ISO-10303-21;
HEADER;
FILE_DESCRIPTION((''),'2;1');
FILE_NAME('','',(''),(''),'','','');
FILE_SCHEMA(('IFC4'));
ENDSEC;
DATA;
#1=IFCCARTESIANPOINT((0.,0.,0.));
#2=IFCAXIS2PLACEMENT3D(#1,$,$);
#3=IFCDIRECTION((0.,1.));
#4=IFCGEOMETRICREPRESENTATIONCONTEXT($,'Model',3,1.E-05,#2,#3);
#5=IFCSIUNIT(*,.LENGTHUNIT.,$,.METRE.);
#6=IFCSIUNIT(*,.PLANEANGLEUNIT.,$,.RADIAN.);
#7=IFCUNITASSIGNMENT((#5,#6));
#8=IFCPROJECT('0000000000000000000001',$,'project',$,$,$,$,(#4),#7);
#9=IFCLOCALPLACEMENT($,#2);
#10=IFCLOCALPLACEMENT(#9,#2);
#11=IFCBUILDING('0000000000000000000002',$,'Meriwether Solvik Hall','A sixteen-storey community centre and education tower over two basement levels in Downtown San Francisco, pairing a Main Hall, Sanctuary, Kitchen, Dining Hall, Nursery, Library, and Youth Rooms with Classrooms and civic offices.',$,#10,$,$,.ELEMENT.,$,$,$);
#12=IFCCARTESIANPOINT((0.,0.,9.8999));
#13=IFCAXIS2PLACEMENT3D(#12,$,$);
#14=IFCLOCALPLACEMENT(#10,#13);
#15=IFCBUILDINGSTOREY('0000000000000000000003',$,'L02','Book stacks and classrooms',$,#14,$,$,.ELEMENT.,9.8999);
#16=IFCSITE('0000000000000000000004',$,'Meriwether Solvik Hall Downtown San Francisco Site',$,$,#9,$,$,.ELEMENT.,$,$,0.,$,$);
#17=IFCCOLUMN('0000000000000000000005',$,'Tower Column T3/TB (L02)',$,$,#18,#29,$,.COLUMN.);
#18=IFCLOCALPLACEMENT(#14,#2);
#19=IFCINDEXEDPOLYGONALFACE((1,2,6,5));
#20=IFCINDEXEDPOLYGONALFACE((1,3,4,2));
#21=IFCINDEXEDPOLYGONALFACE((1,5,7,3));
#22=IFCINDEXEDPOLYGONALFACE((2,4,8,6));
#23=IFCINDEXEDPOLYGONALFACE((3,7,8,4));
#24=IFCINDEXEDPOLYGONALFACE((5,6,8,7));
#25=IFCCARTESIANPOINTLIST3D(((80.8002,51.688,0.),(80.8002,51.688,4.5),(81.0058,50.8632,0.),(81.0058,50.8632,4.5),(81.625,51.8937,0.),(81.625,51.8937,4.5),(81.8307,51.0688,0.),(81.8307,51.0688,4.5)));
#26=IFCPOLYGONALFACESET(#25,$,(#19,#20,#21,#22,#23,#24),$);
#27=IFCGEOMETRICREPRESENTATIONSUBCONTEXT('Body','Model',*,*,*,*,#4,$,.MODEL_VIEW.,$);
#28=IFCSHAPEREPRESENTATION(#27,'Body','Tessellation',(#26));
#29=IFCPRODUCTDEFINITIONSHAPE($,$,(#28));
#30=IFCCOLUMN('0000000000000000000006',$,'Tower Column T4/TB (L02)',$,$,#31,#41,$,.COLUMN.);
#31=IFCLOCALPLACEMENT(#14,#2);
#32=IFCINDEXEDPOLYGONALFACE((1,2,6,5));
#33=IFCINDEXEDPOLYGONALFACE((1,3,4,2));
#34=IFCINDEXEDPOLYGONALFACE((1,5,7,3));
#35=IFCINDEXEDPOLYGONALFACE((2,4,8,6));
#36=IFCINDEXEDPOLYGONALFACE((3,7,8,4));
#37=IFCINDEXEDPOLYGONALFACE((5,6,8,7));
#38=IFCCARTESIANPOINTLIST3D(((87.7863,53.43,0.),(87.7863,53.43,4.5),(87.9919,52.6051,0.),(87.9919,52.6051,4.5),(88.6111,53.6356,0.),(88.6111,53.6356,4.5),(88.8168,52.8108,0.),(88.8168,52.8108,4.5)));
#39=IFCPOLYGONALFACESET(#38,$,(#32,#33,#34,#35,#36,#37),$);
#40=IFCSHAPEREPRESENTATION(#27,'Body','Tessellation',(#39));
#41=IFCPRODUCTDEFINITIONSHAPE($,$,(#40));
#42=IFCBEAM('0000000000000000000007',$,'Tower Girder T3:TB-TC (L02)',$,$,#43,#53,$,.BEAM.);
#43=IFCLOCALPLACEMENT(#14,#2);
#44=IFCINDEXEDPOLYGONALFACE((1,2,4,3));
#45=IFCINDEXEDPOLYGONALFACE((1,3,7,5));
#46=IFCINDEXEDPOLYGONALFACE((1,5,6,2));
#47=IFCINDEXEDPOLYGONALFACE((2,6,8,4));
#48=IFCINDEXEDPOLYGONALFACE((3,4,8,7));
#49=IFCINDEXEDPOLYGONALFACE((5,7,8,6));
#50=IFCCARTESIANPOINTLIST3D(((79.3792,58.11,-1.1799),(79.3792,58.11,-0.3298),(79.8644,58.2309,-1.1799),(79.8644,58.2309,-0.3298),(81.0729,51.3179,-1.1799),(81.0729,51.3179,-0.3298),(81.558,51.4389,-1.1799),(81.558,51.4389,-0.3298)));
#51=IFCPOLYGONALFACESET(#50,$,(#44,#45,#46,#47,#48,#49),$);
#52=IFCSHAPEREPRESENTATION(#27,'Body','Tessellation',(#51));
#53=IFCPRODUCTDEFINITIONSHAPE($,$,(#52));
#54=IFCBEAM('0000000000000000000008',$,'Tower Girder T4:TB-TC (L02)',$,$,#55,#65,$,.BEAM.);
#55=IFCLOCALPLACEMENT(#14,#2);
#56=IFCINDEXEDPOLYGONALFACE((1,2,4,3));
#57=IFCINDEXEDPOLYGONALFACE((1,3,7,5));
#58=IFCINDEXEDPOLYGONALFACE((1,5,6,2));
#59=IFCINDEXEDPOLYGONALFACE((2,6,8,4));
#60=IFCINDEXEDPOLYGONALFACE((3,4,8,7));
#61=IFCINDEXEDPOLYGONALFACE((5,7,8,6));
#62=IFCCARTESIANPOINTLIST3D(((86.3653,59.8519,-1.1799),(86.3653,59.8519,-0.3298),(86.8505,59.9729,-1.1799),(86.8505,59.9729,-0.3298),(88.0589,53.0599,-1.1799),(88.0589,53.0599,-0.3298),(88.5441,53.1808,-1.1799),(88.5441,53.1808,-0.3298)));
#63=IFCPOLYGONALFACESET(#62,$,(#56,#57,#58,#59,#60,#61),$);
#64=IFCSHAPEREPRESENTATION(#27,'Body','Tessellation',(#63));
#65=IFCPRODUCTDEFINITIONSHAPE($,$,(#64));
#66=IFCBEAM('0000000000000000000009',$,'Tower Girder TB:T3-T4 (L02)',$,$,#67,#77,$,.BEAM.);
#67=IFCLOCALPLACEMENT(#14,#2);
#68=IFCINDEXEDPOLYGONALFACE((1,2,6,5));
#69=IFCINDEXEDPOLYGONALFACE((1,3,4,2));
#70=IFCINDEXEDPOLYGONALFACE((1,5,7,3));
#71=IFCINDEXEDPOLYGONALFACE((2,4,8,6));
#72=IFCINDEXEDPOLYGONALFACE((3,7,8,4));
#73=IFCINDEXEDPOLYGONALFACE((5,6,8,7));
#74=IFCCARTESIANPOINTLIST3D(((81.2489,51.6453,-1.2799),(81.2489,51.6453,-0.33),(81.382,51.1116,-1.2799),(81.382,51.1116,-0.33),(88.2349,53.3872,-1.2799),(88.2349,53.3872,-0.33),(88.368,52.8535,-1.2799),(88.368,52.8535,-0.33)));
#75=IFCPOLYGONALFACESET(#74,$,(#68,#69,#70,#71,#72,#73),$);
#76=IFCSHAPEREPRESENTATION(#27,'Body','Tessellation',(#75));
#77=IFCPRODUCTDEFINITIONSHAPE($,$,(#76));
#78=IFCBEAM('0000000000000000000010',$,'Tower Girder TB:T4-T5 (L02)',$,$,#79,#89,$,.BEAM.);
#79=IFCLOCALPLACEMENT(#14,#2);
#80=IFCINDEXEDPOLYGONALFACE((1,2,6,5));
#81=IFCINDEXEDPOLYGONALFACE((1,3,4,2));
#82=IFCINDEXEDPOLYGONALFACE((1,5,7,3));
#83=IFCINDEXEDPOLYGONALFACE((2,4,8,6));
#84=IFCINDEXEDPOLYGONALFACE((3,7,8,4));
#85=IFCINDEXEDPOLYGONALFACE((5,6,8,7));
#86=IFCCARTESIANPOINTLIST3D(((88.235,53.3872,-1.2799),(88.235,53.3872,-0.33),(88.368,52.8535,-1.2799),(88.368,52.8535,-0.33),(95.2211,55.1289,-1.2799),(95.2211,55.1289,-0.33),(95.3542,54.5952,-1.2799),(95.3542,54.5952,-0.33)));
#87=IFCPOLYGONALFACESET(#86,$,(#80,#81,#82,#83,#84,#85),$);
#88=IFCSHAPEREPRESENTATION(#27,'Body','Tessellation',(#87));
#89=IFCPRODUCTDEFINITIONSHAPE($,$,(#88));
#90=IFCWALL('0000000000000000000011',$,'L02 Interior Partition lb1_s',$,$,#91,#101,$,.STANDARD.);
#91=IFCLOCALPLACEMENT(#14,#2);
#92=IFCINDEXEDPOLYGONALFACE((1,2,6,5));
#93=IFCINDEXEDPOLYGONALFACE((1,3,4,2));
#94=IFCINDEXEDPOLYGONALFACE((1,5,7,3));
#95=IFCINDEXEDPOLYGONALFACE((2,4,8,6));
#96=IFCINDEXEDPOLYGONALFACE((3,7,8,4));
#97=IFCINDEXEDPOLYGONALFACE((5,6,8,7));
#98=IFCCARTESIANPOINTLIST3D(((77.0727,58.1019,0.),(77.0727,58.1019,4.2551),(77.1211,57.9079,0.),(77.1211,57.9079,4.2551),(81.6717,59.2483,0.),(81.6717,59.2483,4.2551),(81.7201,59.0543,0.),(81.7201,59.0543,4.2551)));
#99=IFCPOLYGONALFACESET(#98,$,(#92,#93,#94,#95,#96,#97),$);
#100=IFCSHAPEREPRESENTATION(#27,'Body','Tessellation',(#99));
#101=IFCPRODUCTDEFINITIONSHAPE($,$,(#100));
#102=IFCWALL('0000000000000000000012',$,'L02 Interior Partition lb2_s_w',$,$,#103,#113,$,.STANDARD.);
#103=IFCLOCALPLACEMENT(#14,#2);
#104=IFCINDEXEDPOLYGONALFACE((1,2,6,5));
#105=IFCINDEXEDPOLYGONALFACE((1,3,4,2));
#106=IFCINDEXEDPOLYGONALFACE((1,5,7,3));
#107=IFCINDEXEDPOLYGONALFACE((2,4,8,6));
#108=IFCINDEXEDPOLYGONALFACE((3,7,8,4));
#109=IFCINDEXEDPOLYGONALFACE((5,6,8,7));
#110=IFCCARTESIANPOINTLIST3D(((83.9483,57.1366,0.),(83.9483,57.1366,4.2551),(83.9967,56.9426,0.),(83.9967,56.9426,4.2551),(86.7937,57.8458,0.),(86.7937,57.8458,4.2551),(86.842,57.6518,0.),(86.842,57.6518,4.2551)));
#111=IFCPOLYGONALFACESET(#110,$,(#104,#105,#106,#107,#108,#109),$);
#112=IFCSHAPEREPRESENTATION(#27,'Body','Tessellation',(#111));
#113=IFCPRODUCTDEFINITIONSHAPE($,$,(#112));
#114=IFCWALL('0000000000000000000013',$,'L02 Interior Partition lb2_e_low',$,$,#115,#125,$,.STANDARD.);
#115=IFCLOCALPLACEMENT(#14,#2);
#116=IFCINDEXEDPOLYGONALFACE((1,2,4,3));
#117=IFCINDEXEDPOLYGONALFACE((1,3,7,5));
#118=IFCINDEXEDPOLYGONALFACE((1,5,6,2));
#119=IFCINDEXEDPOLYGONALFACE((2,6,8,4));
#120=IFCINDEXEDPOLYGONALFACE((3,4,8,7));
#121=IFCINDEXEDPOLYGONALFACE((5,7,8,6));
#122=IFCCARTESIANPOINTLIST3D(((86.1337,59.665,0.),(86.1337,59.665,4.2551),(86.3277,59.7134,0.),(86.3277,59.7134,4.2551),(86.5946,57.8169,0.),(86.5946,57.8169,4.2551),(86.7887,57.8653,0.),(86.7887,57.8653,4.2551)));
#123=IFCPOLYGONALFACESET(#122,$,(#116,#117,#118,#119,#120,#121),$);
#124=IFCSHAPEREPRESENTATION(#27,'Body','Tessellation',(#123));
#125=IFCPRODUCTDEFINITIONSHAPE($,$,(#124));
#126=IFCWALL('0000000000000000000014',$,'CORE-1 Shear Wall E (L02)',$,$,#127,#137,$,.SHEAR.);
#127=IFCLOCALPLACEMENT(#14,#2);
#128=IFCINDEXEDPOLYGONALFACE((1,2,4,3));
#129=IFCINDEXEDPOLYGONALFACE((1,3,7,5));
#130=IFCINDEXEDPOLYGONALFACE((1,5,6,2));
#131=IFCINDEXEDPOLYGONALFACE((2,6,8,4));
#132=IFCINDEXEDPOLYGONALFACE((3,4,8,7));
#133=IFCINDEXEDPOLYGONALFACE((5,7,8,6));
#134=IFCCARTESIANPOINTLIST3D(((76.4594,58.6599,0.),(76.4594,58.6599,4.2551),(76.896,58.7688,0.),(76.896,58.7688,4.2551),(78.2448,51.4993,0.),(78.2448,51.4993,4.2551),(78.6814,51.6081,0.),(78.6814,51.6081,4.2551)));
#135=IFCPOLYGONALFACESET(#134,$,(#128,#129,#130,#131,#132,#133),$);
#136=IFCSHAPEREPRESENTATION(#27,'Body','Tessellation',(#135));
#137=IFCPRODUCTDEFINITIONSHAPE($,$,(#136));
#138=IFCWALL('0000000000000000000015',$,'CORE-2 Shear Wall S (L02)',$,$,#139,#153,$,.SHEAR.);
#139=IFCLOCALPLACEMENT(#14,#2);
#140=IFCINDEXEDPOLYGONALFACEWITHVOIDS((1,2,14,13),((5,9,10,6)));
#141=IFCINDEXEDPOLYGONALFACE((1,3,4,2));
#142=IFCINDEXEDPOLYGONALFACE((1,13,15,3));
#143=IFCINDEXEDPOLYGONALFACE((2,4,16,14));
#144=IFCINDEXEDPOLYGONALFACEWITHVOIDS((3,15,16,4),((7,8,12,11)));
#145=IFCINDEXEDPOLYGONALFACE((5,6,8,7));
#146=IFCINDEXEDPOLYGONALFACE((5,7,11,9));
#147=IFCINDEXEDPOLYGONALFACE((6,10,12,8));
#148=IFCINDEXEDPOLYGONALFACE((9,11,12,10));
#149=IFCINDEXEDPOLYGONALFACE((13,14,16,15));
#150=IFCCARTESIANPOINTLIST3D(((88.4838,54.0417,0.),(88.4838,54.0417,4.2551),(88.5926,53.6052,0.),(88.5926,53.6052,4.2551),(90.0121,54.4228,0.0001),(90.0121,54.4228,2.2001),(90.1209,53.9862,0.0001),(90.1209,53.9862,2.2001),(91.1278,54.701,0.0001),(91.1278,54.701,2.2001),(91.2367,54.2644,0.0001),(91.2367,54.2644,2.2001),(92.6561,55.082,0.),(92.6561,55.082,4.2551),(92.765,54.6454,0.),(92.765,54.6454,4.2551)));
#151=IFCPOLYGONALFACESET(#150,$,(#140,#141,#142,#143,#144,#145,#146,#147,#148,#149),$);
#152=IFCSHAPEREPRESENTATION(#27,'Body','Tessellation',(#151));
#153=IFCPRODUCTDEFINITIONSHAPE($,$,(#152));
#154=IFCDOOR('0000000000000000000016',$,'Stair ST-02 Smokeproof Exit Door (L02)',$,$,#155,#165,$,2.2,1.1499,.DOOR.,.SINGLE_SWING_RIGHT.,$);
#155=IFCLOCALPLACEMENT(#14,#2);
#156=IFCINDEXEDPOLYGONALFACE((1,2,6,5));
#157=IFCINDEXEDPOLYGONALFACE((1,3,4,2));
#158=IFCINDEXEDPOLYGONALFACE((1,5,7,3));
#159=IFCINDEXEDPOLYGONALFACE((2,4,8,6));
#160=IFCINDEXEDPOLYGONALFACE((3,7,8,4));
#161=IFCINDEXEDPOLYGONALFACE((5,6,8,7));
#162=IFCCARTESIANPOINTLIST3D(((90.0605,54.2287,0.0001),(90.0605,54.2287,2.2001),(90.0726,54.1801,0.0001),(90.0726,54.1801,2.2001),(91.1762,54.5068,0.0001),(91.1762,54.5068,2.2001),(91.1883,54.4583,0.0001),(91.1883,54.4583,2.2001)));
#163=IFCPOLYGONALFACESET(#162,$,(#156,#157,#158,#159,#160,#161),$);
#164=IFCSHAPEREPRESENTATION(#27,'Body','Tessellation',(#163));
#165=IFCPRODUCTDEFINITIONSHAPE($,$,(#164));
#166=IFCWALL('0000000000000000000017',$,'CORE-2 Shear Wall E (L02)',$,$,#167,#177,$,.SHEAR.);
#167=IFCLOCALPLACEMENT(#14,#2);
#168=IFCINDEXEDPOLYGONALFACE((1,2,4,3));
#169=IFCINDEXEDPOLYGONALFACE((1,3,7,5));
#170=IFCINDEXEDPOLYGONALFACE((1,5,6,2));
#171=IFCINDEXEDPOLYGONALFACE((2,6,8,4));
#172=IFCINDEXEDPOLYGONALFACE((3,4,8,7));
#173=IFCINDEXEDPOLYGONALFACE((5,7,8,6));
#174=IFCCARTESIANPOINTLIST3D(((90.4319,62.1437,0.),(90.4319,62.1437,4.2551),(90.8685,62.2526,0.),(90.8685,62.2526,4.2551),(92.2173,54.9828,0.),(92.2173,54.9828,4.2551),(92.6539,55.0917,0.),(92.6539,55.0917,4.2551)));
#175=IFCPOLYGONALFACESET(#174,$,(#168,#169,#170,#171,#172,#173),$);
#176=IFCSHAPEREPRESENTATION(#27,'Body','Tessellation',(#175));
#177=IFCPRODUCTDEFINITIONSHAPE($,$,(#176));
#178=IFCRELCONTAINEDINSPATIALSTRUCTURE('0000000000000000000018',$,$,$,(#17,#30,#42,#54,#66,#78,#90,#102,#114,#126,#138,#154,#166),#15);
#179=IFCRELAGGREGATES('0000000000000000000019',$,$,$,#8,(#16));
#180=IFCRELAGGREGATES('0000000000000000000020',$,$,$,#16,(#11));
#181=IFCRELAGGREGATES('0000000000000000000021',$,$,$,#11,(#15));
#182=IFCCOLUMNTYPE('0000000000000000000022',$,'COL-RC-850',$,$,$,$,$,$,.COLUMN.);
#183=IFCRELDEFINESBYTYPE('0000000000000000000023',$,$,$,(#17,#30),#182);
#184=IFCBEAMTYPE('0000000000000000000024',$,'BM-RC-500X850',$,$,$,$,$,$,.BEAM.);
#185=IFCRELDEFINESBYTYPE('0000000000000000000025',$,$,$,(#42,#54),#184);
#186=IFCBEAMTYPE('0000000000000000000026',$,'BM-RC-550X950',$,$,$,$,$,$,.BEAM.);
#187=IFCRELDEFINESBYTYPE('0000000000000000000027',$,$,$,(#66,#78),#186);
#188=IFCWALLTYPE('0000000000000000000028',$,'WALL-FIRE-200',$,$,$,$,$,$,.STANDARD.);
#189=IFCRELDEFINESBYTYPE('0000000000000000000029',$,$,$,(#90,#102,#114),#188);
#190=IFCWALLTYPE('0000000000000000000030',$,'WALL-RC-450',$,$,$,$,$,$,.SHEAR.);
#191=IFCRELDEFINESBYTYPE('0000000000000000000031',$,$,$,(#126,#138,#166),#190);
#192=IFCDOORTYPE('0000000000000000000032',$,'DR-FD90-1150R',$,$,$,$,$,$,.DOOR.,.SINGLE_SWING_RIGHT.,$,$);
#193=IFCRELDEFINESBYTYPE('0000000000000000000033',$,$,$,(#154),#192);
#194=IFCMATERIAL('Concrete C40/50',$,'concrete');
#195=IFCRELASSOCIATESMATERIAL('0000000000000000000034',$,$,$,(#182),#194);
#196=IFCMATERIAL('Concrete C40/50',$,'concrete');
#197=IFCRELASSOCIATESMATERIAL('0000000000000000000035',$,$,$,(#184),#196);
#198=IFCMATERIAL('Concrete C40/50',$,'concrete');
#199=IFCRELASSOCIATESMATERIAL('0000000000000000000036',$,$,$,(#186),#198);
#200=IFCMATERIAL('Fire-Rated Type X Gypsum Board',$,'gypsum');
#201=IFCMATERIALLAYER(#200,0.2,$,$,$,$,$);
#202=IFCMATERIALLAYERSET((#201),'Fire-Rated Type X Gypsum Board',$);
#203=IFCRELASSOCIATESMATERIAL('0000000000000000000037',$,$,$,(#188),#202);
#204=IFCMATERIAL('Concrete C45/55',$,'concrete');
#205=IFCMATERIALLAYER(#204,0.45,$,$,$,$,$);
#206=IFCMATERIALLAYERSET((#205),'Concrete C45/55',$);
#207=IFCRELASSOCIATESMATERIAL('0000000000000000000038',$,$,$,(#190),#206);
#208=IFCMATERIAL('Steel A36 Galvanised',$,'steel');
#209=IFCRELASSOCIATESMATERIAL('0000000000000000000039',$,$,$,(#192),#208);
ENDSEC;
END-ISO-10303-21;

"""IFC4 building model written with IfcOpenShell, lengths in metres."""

from ifc_helpers import new_model, si_unit, direction, frame, frame_2d, origin, origin_2d, place, context, subcontext, project, spatial, rectangle, extrude, material, layer, layer_set, material_profile, profile_set, type_object, element, fill, save


model = new_model("IFC4")

# Units and contexts
model_context = context("Model", 3, precision=1e-05, world=origin(), true_north=direction((0.0, 1.0)))
body_context = subcontext(model_context, "Body", "Model", "MODEL_VIEW")
ifc_project = project(units=[si_unit("LENGTHUNIT", "METRE"), si_unit("PLANEANGLEUNIT", "RADIAN")], contexts=[model_context])

# Site, building, storey
site_placement = place(None, origin())
site = spatial("IfcSite", under=ifc_project, at=site_placement, Name="Meriwether Solvik Hall Downtown San Francisco Site", CompositionType="ELEMENT", RefElevation=0.0)
building_placement = place(site_placement, origin())
building = spatial("IfcBuilding", under=site, at=building_placement, Name="Meriwether Solvik Hall", Description="A sixteen-storey community centre and education tower over two basement levels in Downtown San Francisco, pairing a Main Hall, Sanctuary, Kitchen, Dining Hall, Nursery, Library, and Youth Rooms with Classrooms and civic offices.", CompositionType="ELEMENT")
storey_placement = place(building_placement, frame((0.0, 0.0, 9.8999)))
storey = spatial("IfcBuildingStorey", under=building, at=storey_placement, Name="L02", Description="Book stacks and classrooms", CompositionType="ELEMENT", Elevation=9.8999)

# Columns
ifc_material_1 = material(Name="Concrete C40/50", Category="concrete")
ifc_material_profile_1 = material_profile(ifc_material_1, rectangle(XDim=0.8501, YDim=0.8501, at=origin_2d()), Name="RCC-850X850")
ifc_profile_set_1 = profile_set([ifc_material_profile_1], Name="Concrete C40/50")
column_type = type_object("IfcColumnType", Name="COL-RC-850", PredefinedType="COLUMN", material=ifc_profile_set_1)
for number, where, z_axis, x_axis, name in (
    (1, (81.3154, 51.3784, 0.0), (0.0, 0.0, 1.0), (0.970296, 0.241922, 0.0), "Tower Column T3/TB (L02)"),
    (2, (88.3015, 53.1204, 0.0), (0.0, 0.0, 1.0), (0.970296, 0.241922, 0.0), "Tower Column T4/TB (L02)"),
):
    element("IfcColumn", number, at=place(storey_placement, frame(where, z_axis=z_axis, x_axis=x_axis)), inside=storey, type_object=column_type, Name=name, PredefinedType="COLUMN", context=body_context, shape_type="SweptSolid", body=[
        extrude(rectangle(XDim=0.8501, YDim=0.8501, at=origin_2d()), origin(), (0.0, 0.0, 1.0), 4.5),
    ])

# Beams
ifc_material_2 = material(Name="Concrete C40/50", Category="concrete")
ifc_material_profile_2 = material_profile(ifc_material_2, rectangle(XDim=0.5, YDim=0.8501, at=origin_2d()), Name="RCB-500X850")
ifc_profile_set_2 = profile_set([ifc_material_profile_2], Name="Concrete C40/50")
beam_type_1 = type_object("IfcBeamType", Name="BM-RC-500X850", PredefinedType="BEAM", material=ifc_profile_set_2)
for number, where, z_axis, x_axis, name in (
    (3, (81.3154, 51.3784, -0.7549), (-0.241945, 0.97029, 0.0), (-0.97029, -0.241945, 0.0), "Tower Girder T3:TB-TC (L02)"),
    (4, (88.3015, 53.1204, -0.7549), (-0.241945, 0.97029, 0.0), (-0.97029, -0.241945, 0.0), "Tower Girder T4:TB-TC (L02)"),
):
    element("IfcBeam", number, at=place(storey_placement, frame(where, z_axis=z_axis, x_axis=x_axis)), inside=storey, type_object=beam_type_1, Name=name, PredefinedType="BEAM", context=body_context, shape_type="SweptSolid", body=[
        extrude(rectangle(XDim=0.5, YDim=0.8501, at=origin_2d()), origin(), (0.0, 0.0, 1.0), 7.0),
    ])
ifc_material_3 = material(Name="Concrete C40/50", Category="concrete")
ifc_material_profile_3 = material_profile(ifc_material_3, rectangle(XDim=0.55, YDim=0.95, at=origin_2d()), Name="RCB-550X950")
ifc_profile_set_3 = profile_set([ifc_material_profile_3], Name="Concrete C40/50")
beam_type_2 = type_object("IfcBeamType", Name="BM-RC-550X950", PredefinedType="BEAM", material=ifc_profile_set_3)
for number, where, z_axis, x_axis, name in (
    (5, (81.3154, 51.3784, -0.8049), (0.970292, 0.241937, 0.0), (-0.241937, 0.970292, 0.0), "Tower Girder TB:T3-T4 (L02)"),
    (6, (88.3015, 53.1204, -0.8049), (0.9703, 0.241905, 0.0), (-0.241905, 0.9703, 0.0), "Tower Girder TB:T4-T5 (L02)"),
):
    element("IfcBeam", number, at=place(storey_placement, frame(where, z_axis=z_axis, x_axis=x_axis)), inside=storey, type_object=beam_type_2, Name=name, PredefinedType="BEAM", context=body_context, shape_type="SweptSolid", body=[
        extrude(rectangle(XDim=0.55, YDim=0.95, at=origin_2d()), origin(), (0.0, 0.0, 1.0), 7.2),
    ])

# Walls
ifc_material_4 = material(Name="Fire-Rated Type X Gypsum Board", Category="gypsum")
ifc_layer_1 = layer(ifc_material_4, 0.2)
ifc_layer_set_1 = layer_set([ifc_layer_1], Name="Fire-Rated Type X Gypsum Board")
wall_type_1 = type_object("IfcWallType", Name="WALL-FIRE-200", PredefinedType="STANDARD", material=ifc_layer_set_1)
wall_1_placement = place(storey_placement, frame((77.0969, 58.0049, 0.0), z_axis=(0.0, 0.0, 1.0), x_axis=(0.970306, 0.241881, 0.0)))
element("IfcWall", 7, at=wall_1_placement, inside=storey, type_object=wall_type_1, Name="L02 Interior Partition lb1_s", PredefinedType="STANDARD", context=body_context, shape_type="SweptSolid", body=[
    extrude(rectangle(XDim=4.7397, YDim=0.2, at=frame_2d((2.3699, 0.0))), origin(), (0.0, 0.0, 1.0), 4.2551),
])
wall_2_placement = place(storey_placement, frame((83.9724, 57.0396, 0.0), z_axis=(0.0, 0.0, 1.0), x_axis=(0.970309, 0.241869, 0.0)))
element("IfcWall", 8, at=wall_2_placement, inside=storey, type_object=wall_type_1, Name="L02 Interior Partition lb2_s_w", PredefinedType="STANDARD", context=body_context, shape_type="SweptSolid", body=[
    extrude(rectangle(XDim=2.9324, YDim=0.2, at=frame_2d((1.4663, 0.0))), origin(), (0.0, 0.0, 1.0), 4.2551),
])
wall_3_placement = place(storey_placement, frame((86.6917, 57.8411, 0.0), z_axis=(0.0, 0.0, 1.0), x_axis=(-0.241993, 0.970278, 0.0)))
element("IfcWall", 9, at=wall_3_placement, inside=storey, type_object=wall_type_1, Name="L02 Interior Partition lb2_e_low", PredefinedType="STANDARD", context=body_context, shape_type="SweptSolid", body=[
    extrude(rectangle(XDim=1.9048, YDim=0.2, at=frame_2d((0.9524, 0.0))), origin(), (0.0, 0.0, 1.0), 4.2551),
])
ifc_material_5 = material(Name="Concrete C45/55", Category="concrete")
ifc_layer_2 = layer(ifc_material_5, 0.45)
ifc_layer_set_2 = layer_set([ifc_layer_2], Name="Concrete C45/55")
wall_type_2 = type_object("IfcWallType", Name="WALL-RC-450", PredefinedType="SHEAR", material=ifc_layer_set_2)
wall_4_placement = place(storey_placement, frame((78.4631, 51.5537, 0.0), z_axis=(0.0, 0.0, 1.0), x_axis=(-0.241928, 0.970294, 0.0)))
element("IfcWall", 10, at=wall_4_placement, inside=storey, type_object=wall_type_2, Name="CORE-1 Shear Wall E (L02)", PredefinedType="SHEAR", context=body_context, shape_type="SweptSolid", body=[
    extrude(rectangle(XDim=7.3799, YDim=0.45, at=frame_2d((3.6899, 0.0))), origin(), (0.0, 0.0, 1.0), 4.2551),
])

# Wall, opening, door
wall_5_placement = place(storey_placement, frame((88.5383, 53.8235, 0.0), z_axis=(0.0, 0.0, 1.0), x_axis=(0.970296, 0.241921, 0.0)))
wall_5 = element("IfcWall", 11, at=wall_5_placement, inside=storey, type_object=wall_type_2, Name="CORE-2 Shear Wall S (L02)", PredefinedType="SHEAR", context=body_context, shape_type="SweptSolid", body=[
    extrude(rectangle(XDim=4.3, YDim=0.45, at=frame_2d((2.1499, 0.0))), origin(), (0.0, 0.0, 1.0), 4.2551),
])
opening_placement = place(wall_5_placement, frame((1.575, 0.0, 0.0)))
opening = element("IfcOpeningElement", 12, at=opening_placement, cuts=wall_5, PredefinedType="OPENING", context=body_context, shape_type="SweptSolid", body=[
    extrude(rectangle(XDim=1.1499, YDim=2.2, at=frame_2d((0.575, 1.1001))), frame((0.0, 0.2368, 0.0), z_axis=(0.0, -1.0, 0.0), x_axis=(1.0, 0.0, 0.0)), (0.0, 0.0, 1.0), 0.4739),
])
ifc_material_6 = material(Name="Steel A36 Galvanised", Category="steel")
door_type = type_object("IfcDoorType", Name="DR-FD90-1150R", OperationType="SINGLE_SWING_RIGHT", PredefinedType="DOOR", material=ifc_material_6)
door_placement = place(opening_placement, origin())
door = element("IfcDoor", 13, at=door_placement, inside=storey, type_object=door_type, Name="Stair ST-02 Smokeproof Exit Door (L02)", OperationType="SINGLE_SWING_RIGHT", OverallHeight=2.2, OverallWidth=1.1499, PredefinedType="DOOR", context=body_context, shape_type="SweptSolid", body=[
    extrude(rectangle(XDim=1.1499, YDim=2.2, at=frame_2d((0.575, 1.1001))), frame((0.0, 0.0249, 0.0), z_axis=(0.0, -1.0, 0.0), x_axis=(1.0, 0.0, 0.0)), (0.0, 0.0, 1.0), 0.05),
])
fill(opening, door)

# Wall
wall_6_placement = place(storey_placement, frame((92.4355, 55.0374, 0.0), z_axis=(0.0, 0.0, 1.0), x_axis=(-0.241921, 0.970296, 0.0)))
element("IfcWall", 14, at=wall_6_placement, inside=storey, type_object=wall_type_2, Name="CORE-2 Shear Wall E (L02)", PredefinedType="SHEAR", context=body_context, shape_type="SweptSolid", body=[
    extrude(rectangle(XDim=7.3801, YDim=0.45, at=frame_2d((3.6899, 0.0))), origin(), (0.0, 0.0, 1.0), 4.2551),
])

save(model, "model.ifc")
